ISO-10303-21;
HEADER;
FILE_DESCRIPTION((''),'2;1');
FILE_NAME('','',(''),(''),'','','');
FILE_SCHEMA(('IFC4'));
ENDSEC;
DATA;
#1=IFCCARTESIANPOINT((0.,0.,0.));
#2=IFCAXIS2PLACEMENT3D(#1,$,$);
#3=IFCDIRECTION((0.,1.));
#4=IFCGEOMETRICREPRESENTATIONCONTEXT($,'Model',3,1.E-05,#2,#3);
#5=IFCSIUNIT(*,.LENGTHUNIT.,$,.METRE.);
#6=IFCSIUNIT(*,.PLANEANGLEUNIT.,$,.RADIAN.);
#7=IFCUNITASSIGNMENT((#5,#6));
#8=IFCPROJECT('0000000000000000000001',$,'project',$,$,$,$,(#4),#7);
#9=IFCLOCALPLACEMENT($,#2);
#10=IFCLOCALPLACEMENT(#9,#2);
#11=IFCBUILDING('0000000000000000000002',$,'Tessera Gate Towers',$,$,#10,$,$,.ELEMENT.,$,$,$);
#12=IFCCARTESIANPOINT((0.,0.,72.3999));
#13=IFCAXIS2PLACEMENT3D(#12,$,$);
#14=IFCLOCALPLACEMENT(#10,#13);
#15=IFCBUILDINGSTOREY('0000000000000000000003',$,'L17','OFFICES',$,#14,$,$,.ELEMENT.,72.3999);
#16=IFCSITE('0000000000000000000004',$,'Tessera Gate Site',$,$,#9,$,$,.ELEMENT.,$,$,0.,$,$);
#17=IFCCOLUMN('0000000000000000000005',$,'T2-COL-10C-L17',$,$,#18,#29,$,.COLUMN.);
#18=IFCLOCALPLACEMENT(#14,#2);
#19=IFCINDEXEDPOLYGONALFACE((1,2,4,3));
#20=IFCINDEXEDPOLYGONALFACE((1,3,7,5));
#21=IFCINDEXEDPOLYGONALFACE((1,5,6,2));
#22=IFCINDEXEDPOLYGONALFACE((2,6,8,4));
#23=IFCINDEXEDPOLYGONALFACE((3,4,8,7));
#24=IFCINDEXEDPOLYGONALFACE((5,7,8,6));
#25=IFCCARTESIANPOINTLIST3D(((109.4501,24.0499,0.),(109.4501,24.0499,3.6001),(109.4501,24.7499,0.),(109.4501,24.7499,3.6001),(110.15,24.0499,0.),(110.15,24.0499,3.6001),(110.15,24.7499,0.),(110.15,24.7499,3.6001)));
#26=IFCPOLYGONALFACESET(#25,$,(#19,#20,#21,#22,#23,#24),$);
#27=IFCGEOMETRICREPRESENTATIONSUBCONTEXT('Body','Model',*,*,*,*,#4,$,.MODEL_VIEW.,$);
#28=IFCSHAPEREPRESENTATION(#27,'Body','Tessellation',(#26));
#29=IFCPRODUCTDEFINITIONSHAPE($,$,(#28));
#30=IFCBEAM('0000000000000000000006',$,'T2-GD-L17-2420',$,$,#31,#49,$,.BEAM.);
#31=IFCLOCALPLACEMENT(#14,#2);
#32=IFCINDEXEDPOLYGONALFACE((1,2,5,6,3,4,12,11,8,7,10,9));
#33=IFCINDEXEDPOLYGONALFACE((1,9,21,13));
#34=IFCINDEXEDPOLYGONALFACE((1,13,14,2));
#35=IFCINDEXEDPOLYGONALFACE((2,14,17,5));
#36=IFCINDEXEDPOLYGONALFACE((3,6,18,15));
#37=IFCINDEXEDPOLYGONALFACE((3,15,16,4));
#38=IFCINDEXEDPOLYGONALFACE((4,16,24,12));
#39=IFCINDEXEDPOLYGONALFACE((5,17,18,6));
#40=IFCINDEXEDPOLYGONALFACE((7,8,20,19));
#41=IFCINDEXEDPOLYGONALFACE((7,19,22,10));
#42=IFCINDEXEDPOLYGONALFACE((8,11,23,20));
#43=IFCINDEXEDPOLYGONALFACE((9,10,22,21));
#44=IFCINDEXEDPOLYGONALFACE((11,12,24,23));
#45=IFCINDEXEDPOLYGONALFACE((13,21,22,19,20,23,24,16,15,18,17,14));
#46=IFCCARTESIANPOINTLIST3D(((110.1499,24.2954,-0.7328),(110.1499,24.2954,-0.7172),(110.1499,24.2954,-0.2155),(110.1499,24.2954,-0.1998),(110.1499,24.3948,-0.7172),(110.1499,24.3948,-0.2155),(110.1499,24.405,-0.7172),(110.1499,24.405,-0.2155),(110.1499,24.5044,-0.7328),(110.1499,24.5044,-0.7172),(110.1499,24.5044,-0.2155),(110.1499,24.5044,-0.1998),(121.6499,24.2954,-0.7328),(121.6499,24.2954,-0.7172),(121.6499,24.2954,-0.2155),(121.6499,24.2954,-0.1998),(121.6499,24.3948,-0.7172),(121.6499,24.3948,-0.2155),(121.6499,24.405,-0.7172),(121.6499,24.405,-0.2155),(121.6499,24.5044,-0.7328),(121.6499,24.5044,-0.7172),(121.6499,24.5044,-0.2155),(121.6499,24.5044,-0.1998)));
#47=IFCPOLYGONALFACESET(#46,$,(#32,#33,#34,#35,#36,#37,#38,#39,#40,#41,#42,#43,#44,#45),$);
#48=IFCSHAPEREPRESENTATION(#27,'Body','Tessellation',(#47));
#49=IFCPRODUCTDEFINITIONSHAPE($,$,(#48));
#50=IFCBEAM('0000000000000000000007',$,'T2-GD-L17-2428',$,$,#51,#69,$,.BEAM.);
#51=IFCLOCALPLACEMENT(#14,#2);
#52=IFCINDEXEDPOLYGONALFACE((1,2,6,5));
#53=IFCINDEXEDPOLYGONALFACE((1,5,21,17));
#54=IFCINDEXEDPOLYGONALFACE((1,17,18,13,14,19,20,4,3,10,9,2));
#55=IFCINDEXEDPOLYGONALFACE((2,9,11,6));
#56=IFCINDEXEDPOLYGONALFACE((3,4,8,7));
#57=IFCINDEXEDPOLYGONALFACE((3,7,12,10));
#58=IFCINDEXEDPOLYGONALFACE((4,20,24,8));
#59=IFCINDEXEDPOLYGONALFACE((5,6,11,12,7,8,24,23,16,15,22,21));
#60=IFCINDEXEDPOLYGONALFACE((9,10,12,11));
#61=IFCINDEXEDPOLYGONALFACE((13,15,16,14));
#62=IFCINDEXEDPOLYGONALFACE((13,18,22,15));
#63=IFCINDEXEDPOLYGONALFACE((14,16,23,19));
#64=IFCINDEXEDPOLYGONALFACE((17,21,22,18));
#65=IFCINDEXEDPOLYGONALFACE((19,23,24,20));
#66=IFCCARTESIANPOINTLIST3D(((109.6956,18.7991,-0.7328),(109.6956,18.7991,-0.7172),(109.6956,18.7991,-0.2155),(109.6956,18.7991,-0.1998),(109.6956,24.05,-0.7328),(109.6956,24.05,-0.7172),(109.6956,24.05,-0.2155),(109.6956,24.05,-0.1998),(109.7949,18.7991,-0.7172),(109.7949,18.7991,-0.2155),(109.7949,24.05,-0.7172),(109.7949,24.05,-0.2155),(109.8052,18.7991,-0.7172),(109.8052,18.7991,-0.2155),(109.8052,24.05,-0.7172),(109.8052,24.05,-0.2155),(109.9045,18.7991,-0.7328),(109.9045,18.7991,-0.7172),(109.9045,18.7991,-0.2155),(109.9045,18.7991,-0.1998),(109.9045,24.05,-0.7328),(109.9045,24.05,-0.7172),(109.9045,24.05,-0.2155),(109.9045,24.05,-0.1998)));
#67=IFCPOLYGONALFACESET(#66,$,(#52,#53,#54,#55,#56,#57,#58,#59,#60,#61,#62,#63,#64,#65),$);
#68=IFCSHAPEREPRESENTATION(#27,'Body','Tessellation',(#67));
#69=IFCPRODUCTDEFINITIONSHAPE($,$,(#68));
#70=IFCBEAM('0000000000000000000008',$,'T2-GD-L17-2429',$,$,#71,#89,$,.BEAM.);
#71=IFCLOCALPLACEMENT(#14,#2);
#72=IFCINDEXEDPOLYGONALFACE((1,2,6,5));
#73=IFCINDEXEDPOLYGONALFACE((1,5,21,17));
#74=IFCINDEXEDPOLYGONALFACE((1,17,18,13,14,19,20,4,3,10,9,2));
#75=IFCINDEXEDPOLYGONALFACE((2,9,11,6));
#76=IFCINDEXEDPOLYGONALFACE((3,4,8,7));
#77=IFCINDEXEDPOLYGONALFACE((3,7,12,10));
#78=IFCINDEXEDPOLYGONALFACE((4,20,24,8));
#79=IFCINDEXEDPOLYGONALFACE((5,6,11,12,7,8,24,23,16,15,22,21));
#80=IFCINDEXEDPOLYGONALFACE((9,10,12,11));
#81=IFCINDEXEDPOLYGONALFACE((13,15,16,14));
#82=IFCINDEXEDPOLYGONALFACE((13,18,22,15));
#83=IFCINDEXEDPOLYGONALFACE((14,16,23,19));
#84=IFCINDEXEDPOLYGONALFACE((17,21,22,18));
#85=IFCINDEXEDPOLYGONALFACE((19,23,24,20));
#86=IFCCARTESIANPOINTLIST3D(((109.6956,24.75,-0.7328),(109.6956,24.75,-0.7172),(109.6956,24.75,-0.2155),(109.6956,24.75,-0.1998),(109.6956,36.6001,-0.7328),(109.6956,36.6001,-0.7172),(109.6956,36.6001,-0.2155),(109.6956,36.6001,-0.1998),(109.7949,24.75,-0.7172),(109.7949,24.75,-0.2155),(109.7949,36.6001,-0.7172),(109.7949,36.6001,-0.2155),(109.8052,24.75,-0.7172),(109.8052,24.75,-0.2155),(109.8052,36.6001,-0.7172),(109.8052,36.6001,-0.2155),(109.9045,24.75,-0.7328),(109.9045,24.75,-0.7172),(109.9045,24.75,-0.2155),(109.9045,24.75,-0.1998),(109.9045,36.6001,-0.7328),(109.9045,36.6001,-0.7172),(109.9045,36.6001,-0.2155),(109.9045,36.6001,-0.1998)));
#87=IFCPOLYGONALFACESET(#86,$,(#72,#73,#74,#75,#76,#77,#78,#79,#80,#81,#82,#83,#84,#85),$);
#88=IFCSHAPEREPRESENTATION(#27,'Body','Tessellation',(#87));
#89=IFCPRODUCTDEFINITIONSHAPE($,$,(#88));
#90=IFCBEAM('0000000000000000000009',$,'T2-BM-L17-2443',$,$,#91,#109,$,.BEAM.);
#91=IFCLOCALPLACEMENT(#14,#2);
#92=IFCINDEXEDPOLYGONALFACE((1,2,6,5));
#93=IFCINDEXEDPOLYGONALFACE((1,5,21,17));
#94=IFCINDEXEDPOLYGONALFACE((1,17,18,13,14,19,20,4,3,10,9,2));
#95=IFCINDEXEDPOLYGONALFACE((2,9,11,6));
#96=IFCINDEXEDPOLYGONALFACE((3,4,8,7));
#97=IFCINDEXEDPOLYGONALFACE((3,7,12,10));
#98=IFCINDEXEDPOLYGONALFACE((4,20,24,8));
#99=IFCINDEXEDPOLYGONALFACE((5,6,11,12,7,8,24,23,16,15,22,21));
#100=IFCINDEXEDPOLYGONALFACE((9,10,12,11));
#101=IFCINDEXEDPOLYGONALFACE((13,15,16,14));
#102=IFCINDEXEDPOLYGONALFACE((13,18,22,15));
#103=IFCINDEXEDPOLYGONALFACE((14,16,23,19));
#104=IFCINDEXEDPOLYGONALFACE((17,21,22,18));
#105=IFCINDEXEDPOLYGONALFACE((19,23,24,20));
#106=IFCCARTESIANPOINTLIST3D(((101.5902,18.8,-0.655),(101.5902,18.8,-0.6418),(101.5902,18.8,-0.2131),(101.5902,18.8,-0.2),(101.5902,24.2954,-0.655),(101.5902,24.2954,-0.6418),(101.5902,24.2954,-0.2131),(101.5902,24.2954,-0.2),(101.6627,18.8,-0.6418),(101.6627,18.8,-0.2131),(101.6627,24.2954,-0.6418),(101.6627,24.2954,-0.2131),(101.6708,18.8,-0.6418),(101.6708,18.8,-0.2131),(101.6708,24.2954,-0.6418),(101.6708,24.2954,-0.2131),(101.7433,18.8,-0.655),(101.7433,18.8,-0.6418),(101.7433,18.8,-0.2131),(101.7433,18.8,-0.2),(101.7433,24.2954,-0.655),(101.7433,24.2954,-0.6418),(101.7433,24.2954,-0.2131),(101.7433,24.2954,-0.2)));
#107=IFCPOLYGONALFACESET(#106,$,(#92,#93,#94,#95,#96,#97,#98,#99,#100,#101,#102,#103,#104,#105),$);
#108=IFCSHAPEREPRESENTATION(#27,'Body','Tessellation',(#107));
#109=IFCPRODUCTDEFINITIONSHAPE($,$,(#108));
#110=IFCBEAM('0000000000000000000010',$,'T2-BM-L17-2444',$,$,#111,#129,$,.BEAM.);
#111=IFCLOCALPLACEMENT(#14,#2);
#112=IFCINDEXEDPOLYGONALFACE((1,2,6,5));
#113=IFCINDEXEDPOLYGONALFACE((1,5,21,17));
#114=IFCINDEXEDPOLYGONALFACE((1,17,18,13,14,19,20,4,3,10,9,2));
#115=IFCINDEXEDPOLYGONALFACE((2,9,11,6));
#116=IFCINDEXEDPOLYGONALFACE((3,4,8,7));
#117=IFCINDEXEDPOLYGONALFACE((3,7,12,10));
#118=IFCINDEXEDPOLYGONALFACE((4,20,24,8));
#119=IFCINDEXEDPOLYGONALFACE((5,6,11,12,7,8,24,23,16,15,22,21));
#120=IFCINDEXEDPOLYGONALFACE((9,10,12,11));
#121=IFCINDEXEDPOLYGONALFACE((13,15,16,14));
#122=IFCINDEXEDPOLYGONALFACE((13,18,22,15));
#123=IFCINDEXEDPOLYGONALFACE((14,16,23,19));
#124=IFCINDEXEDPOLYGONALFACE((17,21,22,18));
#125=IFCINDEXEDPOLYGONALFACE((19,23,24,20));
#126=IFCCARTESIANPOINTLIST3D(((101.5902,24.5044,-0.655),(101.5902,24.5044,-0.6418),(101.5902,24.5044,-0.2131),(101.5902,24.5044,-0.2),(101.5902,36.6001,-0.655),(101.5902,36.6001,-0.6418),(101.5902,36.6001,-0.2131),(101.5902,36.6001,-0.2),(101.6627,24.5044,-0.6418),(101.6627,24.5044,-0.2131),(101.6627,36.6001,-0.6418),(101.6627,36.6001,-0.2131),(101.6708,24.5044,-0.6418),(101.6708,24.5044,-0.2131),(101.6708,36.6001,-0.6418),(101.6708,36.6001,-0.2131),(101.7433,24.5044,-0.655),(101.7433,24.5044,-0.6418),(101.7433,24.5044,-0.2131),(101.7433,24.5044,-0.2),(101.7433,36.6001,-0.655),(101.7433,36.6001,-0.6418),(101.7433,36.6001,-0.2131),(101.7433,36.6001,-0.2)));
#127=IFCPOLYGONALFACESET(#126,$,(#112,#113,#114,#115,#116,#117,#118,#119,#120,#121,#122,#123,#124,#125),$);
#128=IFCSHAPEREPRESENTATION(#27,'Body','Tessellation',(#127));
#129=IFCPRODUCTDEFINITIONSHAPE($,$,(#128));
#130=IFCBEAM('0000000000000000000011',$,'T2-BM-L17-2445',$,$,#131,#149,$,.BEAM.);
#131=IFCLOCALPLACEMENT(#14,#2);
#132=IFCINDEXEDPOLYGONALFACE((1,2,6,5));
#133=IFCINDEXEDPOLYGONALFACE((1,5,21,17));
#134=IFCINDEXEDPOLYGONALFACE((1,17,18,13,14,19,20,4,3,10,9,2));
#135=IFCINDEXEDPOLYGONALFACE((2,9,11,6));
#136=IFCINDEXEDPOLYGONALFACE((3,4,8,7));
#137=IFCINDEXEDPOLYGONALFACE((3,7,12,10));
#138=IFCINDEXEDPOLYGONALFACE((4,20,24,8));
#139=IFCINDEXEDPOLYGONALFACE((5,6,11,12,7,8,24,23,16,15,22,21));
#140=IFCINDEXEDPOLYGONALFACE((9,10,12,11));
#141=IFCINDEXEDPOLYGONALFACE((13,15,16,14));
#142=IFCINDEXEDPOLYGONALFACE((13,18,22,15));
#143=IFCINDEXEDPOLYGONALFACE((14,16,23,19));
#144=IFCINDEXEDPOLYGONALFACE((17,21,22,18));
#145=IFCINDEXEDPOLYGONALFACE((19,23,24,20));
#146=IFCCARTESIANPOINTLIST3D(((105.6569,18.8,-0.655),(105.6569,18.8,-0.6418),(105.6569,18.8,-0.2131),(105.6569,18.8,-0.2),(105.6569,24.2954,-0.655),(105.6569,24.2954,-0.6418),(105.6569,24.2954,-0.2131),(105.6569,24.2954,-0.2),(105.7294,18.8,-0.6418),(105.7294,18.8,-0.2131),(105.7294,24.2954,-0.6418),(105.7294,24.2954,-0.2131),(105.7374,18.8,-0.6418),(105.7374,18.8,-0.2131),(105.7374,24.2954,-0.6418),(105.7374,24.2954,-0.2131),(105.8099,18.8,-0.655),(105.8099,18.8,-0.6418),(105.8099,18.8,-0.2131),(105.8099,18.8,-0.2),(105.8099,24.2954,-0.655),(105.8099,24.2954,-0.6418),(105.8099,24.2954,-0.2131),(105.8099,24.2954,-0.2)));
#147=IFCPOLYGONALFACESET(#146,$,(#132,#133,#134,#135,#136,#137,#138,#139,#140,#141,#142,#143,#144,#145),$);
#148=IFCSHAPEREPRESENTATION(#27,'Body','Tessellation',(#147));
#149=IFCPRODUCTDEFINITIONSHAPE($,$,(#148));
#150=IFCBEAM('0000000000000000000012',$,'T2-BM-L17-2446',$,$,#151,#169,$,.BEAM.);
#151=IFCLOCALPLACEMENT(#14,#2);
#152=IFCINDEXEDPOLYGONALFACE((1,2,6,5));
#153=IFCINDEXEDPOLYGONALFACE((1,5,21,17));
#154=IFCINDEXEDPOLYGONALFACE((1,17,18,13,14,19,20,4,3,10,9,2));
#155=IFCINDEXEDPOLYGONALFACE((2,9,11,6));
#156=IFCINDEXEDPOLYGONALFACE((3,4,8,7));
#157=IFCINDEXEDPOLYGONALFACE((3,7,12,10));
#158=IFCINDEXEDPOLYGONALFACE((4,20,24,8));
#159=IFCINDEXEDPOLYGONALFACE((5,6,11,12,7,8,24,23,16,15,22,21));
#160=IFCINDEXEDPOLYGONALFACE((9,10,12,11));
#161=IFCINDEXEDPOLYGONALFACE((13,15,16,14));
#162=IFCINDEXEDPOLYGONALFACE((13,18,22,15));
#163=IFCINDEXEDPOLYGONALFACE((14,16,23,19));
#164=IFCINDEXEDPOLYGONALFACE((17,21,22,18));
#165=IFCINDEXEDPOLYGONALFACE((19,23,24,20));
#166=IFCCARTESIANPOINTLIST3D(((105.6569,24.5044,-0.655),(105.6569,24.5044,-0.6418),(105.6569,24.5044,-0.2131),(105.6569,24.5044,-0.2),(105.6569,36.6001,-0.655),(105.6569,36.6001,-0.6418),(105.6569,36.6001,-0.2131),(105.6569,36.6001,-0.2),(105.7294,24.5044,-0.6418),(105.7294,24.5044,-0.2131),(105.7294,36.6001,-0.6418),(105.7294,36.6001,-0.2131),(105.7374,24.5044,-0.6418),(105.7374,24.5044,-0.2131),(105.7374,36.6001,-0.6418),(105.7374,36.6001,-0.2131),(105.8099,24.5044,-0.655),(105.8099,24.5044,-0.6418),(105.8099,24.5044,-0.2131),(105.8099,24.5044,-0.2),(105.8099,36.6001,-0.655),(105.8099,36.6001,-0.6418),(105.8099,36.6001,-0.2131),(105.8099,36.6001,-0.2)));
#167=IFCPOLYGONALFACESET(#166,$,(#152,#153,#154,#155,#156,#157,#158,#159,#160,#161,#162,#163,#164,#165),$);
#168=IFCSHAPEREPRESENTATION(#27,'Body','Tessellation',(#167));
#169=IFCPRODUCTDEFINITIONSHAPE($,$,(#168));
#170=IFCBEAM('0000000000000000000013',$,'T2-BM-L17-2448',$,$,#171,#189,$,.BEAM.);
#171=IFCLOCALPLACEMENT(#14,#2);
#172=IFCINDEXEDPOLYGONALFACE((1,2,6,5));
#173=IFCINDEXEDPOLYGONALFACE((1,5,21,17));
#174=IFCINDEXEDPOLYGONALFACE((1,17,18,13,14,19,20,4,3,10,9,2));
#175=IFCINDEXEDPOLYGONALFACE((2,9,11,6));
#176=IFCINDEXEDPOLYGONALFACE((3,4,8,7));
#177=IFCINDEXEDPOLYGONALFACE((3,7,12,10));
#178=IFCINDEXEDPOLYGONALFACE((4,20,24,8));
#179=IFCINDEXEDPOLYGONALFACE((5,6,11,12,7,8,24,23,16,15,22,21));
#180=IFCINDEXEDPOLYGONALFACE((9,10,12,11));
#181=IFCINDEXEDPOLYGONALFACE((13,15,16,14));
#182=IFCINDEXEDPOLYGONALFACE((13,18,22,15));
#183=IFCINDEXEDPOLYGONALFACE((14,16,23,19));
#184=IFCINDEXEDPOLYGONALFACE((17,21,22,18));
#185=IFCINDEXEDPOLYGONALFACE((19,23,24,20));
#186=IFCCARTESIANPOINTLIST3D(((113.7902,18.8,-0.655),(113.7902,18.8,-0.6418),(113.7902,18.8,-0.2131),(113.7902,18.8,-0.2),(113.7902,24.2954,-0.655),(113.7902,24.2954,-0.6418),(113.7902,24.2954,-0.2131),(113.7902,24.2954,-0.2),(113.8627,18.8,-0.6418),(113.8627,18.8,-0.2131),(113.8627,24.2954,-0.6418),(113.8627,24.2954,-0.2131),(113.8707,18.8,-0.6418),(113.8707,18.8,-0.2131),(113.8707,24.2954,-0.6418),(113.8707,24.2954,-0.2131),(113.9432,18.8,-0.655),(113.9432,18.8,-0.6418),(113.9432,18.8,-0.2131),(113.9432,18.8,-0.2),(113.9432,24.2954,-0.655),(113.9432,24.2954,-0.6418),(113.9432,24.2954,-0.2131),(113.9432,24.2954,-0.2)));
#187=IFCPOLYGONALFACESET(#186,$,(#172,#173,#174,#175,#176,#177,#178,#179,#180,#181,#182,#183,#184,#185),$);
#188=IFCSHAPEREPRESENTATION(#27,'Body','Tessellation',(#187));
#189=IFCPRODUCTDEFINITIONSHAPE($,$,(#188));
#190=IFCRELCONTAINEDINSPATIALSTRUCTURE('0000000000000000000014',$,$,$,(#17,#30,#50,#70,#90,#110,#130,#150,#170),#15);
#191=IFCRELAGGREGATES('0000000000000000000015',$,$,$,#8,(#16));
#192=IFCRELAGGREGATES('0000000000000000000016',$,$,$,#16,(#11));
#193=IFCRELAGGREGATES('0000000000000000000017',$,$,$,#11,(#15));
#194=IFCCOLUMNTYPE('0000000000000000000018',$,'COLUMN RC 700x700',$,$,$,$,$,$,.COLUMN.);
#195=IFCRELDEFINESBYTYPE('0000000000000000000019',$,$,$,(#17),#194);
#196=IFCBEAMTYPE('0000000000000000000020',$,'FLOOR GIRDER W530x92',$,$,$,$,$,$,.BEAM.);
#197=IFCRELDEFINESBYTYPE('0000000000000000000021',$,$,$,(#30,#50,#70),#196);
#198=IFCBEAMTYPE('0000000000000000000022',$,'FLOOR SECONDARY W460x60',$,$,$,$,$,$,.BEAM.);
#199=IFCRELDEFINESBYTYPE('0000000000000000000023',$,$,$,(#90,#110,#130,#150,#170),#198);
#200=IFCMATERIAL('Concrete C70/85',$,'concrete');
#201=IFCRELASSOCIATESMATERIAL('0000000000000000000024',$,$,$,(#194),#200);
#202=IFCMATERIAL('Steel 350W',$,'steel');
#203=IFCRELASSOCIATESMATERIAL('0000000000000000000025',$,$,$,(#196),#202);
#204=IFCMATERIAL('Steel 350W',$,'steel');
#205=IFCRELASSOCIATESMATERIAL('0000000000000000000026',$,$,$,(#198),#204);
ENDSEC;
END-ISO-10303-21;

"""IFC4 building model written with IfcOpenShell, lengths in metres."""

from ifc_helpers import new_model, si_unit, direction, frame, origin, origin_2d, place, context, subcontext, project, spatial, rectangle, i_section, extrude, material, material_profile, profile_set, type_object, element, save


model = new_model("IFC4")

# Units and contexts
model_context = context("Model", 3, precision=1e-05, world=origin(), true_north=direction((0.0, 1.0)))
body_context = subcontext(model_context, "Body", "Model", "MODEL_VIEW")
ifc_project = project(units=[si_unit("LENGTHUNIT", "METRE"), si_unit("PLANEANGLEUNIT", "RADIAN")], contexts=[model_context])

# Site, building, storey
site_placement = place(None, origin())
site = spatial("IfcSite", under=ifc_project, at=site_placement, Name="Tessera Gate Site", CompositionType="ELEMENT", RefElevation=0.0)
building_placement = place(site_placement, origin())
building = spatial("IfcBuilding", under=site, at=building_placement, Name="Tessera Gate Towers", CompositionType="ELEMENT")
storey_placement = place(building_placement, frame((0.0, 0.0, 72.3999)))
storey = spatial("IfcBuildingStorey", under=building, at=storey_placement, Name="L17", Description="OFFICES", CompositionType="ELEMENT", Elevation=72.3999)

# Column
ifc_material_1 = material(Name="Concrete C70/85", Category="concrete")
ifc_material_profile_1 = material_profile(ifc_material_1, rectangle(XDim=0.7, YDim=0.7, at=origin_2d()), Name="RC 700x700")
ifc_profile_set_1 = profile_set([ifc_material_profile_1], Name="Concrete C70/85")
column_type = type_object("IfcColumnType", Name="COLUMN RC 700x700", PredefinedType="COLUMN", material=ifc_profile_set_1)
column_placement = place(storey_placement, frame((109.8, 24.3999, 0.0), z_axis=(0.0, 0.0, 1.0), x_axis=(1.0, 0.0, 0.0)))
element("IfcColumn", 1, at=column_placement, inside=storey, type_object=column_type, Name="T2-COL-10C-L17", PredefinedType="COLUMN", context=body_context, shape_type="SweptSolid", body=[
    extrude(rectangle(XDim=0.7, YDim=0.7, at=origin_2d()), origin(), (0.0, 0.0, 1.0), 3.6001),
])

# Beams
ifc_material_2 = material(Name="Steel 350W", Category="steel")
ifc_material_profile_2 = material_profile(ifc_material_2, i_section(OverallWidth=0.209, OverallDepth=0.533, WebThickness=0.0103, FlangeThickness=0.0156, at=origin_2d()), Name="W530x92")
ifc_profile_set_2 = profile_set([ifc_material_profile_2], Name="Steel 350W")
beam_type_1 = type_object("IfcBeamType", Name="FLOOR GIRDER W530x92", PredefinedType="BEAM", material=ifc_profile_set_2)
beam_1_placement = place(storey_placement, frame((110.1499, 24.3999, -0.4663), z_axis=(1.0, 0.0, 0.0), x_axis=(0.0, 1.0, 0.0)))
element("IfcBeam", 2, at=beam_1_placement, inside=storey, type_object=beam_type_1, Name="T2-GD-L17-2420", PredefinedType="BEAM", context=body_context, shape_type="SweptSolid", body=[
    extrude(i_section(OverallWidth=0.209, OverallDepth=0.533, WebThickness=0.0103, FlangeThickness=0.0156, at=origin_2d()), origin(), (0.0, 0.0, 1.0), 11.5),
])
beam_2_placement = place(storey_placement, frame((109.8, 18.7991, -0.4663), z_axis=(0.0, 1.0, 0.0), x_axis=(-1.0, 0.0, 0.0)))
element("IfcBeam", 3, at=beam_2_placement, inside=storey, type_object=beam_type_1, Name="T2-GD-L17-2428", PredefinedType="BEAM", context=body_context, shape_type="SweptSolid", body=[
    extrude(i_section(OverallWidth=0.209, OverallDepth=0.533, WebThickness=0.0103, FlangeThickness=0.0156, at=origin_2d()), origin(), (0.0, 0.0, 1.0), 5.251),
])
beam_3_placement = place(storey_placement, frame((109.8, 24.75, -0.4663), z_axis=(0.0, 1.0, 0.0), x_axis=(-1.0, 0.0, 0.0)))
element("IfcBeam", 4, at=beam_3_placement, inside=storey, type_object=beam_type_1, Name="T2-GD-L17-2429", PredefinedType="BEAM", context=body_context, shape_type="SweptSolid", body=[
    extrude(i_section(OverallWidth=0.209, OverallDepth=0.533, WebThickness=0.0103, FlangeThickness=0.0156, at=origin_2d()), origin(), (0.0, 0.0, 1.0), 11.8501),
])
ifc_material_3 = material(Name="Steel 350W", Category="steel")
ifc_material_profile_3 = material_profile(ifc_material_3, i_section(OverallWidth=0.1531, OverallDepth=0.4551, WebThickness=0.0081, FlangeThickness=0.0132, at=origin_2d()), Name="W460x60")
ifc_profile_set_3 = profile_set([ifc_material_profile_3], Name="Steel 350W")
beam_type_2 = type_object("IfcBeamType", Name="FLOOR SECONDARY W460x60", PredefinedType="BEAM", material=ifc_profile_set_3)
beam_4_placement = place(storey_placement, frame((101.6667, 18.8, -0.4275), z_axis=(0.0, 1.0, 0.0), x_axis=(-1.0, 0.0, 0.0)))
element("IfcBeam", 5, at=beam_4_placement, inside=storey, type_object=beam_type_2, Name="T2-BM-L17-2443", PredefinedType="BEAM", context=body_context, shape_type="SweptSolid", body=[
    extrude(i_section(OverallWidth=0.1531, OverallDepth=0.4551, WebThickness=0.0081, FlangeThickness=0.0132, at=origin_2d()), origin(), (0.0, 0.0, 1.0), 5.4954),
])
beam_5_placement = place(storey_placement, frame((101.6667, 24.5044, -0.4275), z_axis=(0.0, 1.0, 0.0), x_axis=(-1.0, 0.0, 0.0)))
element("IfcBeam", 6, at=beam_5_placement, inside=storey, type_object=beam_type_2, Name="T2-BM-L17-2444", PredefinedType="BEAM", context=body_context, shape_type="SweptSolid", body=[
    extrude(i_section(OverallWidth=0.1531, OverallDepth=0.4551, WebThickness=0.0081, FlangeThickness=0.0132, at=origin_2d()), origin(), (0.0, 0.0, 1.0), 12.0957),
])
beam_6_placement = place(storey_placement, frame((105.7334, 18.8, -0.4275), z_axis=(0.0, 1.0, 0.0), x_axis=(-1.0, 0.0, 0.0)))
element("IfcBeam", 7, at=beam_6_placement, inside=storey, type_object=beam_type_2, Name="T2-BM-L17-2445", PredefinedType="BEAM", context=body_context, shape_type="SweptSolid", body=[
    extrude(i_section(OverallWidth=0.1531, OverallDepth=0.4551, WebThickness=0.0081, FlangeThickness=0.0132, at=origin_2d()), origin(), (0.0, 0.0, 1.0), 5.4954),
])
beam_7_placement = place(storey_placement, frame((105.7334, 24.5044, -0.4275), z_axis=(0.0, 1.0, 0.0), x_axis=(-1.0, 0.0, 0.0)))
element("IfcBeam", 8, at=beam_7_placement, inside=storey, type_object=beam_type_2, Name="T2-BM-L17-2446", PredefinedType="BEAM", context=body_context, shape_type="SweptSolid", body=[
    extrude(i_section(OverallWidth=0.1531, OverallDepth=0.4551, WebThickness=0.0081, FlangeThickness=0.0132, at=origin_2d()), origin(), (0.0, 0.0, 1.0), 12.0957),
])
beam_8_placement = place(storey_placement, frame((113.8667, 18.8, -0.4275), z_axis=(0.0, 1.0, 0.0), x_axis=(-1.0, 0.0, 0.0)))
element("IfcBeam", 9, at=beam_8_placement, inside=storey, type_object=beam_type_2, Name="T2-BM-L17-2448", PredefinedType="BEAM", context=body_context, shape_type="SweptSolid", body=[
    extrude(i_section(OverallWidth=0.1531, OverallDepth=0.4551, WebThickness=0.0081, FlangeThickness=0.0132, at=origin_2d()), origin(), (0.0, 0.0, 1.0), 5.4954),
])

save(model, "model.ifc")
